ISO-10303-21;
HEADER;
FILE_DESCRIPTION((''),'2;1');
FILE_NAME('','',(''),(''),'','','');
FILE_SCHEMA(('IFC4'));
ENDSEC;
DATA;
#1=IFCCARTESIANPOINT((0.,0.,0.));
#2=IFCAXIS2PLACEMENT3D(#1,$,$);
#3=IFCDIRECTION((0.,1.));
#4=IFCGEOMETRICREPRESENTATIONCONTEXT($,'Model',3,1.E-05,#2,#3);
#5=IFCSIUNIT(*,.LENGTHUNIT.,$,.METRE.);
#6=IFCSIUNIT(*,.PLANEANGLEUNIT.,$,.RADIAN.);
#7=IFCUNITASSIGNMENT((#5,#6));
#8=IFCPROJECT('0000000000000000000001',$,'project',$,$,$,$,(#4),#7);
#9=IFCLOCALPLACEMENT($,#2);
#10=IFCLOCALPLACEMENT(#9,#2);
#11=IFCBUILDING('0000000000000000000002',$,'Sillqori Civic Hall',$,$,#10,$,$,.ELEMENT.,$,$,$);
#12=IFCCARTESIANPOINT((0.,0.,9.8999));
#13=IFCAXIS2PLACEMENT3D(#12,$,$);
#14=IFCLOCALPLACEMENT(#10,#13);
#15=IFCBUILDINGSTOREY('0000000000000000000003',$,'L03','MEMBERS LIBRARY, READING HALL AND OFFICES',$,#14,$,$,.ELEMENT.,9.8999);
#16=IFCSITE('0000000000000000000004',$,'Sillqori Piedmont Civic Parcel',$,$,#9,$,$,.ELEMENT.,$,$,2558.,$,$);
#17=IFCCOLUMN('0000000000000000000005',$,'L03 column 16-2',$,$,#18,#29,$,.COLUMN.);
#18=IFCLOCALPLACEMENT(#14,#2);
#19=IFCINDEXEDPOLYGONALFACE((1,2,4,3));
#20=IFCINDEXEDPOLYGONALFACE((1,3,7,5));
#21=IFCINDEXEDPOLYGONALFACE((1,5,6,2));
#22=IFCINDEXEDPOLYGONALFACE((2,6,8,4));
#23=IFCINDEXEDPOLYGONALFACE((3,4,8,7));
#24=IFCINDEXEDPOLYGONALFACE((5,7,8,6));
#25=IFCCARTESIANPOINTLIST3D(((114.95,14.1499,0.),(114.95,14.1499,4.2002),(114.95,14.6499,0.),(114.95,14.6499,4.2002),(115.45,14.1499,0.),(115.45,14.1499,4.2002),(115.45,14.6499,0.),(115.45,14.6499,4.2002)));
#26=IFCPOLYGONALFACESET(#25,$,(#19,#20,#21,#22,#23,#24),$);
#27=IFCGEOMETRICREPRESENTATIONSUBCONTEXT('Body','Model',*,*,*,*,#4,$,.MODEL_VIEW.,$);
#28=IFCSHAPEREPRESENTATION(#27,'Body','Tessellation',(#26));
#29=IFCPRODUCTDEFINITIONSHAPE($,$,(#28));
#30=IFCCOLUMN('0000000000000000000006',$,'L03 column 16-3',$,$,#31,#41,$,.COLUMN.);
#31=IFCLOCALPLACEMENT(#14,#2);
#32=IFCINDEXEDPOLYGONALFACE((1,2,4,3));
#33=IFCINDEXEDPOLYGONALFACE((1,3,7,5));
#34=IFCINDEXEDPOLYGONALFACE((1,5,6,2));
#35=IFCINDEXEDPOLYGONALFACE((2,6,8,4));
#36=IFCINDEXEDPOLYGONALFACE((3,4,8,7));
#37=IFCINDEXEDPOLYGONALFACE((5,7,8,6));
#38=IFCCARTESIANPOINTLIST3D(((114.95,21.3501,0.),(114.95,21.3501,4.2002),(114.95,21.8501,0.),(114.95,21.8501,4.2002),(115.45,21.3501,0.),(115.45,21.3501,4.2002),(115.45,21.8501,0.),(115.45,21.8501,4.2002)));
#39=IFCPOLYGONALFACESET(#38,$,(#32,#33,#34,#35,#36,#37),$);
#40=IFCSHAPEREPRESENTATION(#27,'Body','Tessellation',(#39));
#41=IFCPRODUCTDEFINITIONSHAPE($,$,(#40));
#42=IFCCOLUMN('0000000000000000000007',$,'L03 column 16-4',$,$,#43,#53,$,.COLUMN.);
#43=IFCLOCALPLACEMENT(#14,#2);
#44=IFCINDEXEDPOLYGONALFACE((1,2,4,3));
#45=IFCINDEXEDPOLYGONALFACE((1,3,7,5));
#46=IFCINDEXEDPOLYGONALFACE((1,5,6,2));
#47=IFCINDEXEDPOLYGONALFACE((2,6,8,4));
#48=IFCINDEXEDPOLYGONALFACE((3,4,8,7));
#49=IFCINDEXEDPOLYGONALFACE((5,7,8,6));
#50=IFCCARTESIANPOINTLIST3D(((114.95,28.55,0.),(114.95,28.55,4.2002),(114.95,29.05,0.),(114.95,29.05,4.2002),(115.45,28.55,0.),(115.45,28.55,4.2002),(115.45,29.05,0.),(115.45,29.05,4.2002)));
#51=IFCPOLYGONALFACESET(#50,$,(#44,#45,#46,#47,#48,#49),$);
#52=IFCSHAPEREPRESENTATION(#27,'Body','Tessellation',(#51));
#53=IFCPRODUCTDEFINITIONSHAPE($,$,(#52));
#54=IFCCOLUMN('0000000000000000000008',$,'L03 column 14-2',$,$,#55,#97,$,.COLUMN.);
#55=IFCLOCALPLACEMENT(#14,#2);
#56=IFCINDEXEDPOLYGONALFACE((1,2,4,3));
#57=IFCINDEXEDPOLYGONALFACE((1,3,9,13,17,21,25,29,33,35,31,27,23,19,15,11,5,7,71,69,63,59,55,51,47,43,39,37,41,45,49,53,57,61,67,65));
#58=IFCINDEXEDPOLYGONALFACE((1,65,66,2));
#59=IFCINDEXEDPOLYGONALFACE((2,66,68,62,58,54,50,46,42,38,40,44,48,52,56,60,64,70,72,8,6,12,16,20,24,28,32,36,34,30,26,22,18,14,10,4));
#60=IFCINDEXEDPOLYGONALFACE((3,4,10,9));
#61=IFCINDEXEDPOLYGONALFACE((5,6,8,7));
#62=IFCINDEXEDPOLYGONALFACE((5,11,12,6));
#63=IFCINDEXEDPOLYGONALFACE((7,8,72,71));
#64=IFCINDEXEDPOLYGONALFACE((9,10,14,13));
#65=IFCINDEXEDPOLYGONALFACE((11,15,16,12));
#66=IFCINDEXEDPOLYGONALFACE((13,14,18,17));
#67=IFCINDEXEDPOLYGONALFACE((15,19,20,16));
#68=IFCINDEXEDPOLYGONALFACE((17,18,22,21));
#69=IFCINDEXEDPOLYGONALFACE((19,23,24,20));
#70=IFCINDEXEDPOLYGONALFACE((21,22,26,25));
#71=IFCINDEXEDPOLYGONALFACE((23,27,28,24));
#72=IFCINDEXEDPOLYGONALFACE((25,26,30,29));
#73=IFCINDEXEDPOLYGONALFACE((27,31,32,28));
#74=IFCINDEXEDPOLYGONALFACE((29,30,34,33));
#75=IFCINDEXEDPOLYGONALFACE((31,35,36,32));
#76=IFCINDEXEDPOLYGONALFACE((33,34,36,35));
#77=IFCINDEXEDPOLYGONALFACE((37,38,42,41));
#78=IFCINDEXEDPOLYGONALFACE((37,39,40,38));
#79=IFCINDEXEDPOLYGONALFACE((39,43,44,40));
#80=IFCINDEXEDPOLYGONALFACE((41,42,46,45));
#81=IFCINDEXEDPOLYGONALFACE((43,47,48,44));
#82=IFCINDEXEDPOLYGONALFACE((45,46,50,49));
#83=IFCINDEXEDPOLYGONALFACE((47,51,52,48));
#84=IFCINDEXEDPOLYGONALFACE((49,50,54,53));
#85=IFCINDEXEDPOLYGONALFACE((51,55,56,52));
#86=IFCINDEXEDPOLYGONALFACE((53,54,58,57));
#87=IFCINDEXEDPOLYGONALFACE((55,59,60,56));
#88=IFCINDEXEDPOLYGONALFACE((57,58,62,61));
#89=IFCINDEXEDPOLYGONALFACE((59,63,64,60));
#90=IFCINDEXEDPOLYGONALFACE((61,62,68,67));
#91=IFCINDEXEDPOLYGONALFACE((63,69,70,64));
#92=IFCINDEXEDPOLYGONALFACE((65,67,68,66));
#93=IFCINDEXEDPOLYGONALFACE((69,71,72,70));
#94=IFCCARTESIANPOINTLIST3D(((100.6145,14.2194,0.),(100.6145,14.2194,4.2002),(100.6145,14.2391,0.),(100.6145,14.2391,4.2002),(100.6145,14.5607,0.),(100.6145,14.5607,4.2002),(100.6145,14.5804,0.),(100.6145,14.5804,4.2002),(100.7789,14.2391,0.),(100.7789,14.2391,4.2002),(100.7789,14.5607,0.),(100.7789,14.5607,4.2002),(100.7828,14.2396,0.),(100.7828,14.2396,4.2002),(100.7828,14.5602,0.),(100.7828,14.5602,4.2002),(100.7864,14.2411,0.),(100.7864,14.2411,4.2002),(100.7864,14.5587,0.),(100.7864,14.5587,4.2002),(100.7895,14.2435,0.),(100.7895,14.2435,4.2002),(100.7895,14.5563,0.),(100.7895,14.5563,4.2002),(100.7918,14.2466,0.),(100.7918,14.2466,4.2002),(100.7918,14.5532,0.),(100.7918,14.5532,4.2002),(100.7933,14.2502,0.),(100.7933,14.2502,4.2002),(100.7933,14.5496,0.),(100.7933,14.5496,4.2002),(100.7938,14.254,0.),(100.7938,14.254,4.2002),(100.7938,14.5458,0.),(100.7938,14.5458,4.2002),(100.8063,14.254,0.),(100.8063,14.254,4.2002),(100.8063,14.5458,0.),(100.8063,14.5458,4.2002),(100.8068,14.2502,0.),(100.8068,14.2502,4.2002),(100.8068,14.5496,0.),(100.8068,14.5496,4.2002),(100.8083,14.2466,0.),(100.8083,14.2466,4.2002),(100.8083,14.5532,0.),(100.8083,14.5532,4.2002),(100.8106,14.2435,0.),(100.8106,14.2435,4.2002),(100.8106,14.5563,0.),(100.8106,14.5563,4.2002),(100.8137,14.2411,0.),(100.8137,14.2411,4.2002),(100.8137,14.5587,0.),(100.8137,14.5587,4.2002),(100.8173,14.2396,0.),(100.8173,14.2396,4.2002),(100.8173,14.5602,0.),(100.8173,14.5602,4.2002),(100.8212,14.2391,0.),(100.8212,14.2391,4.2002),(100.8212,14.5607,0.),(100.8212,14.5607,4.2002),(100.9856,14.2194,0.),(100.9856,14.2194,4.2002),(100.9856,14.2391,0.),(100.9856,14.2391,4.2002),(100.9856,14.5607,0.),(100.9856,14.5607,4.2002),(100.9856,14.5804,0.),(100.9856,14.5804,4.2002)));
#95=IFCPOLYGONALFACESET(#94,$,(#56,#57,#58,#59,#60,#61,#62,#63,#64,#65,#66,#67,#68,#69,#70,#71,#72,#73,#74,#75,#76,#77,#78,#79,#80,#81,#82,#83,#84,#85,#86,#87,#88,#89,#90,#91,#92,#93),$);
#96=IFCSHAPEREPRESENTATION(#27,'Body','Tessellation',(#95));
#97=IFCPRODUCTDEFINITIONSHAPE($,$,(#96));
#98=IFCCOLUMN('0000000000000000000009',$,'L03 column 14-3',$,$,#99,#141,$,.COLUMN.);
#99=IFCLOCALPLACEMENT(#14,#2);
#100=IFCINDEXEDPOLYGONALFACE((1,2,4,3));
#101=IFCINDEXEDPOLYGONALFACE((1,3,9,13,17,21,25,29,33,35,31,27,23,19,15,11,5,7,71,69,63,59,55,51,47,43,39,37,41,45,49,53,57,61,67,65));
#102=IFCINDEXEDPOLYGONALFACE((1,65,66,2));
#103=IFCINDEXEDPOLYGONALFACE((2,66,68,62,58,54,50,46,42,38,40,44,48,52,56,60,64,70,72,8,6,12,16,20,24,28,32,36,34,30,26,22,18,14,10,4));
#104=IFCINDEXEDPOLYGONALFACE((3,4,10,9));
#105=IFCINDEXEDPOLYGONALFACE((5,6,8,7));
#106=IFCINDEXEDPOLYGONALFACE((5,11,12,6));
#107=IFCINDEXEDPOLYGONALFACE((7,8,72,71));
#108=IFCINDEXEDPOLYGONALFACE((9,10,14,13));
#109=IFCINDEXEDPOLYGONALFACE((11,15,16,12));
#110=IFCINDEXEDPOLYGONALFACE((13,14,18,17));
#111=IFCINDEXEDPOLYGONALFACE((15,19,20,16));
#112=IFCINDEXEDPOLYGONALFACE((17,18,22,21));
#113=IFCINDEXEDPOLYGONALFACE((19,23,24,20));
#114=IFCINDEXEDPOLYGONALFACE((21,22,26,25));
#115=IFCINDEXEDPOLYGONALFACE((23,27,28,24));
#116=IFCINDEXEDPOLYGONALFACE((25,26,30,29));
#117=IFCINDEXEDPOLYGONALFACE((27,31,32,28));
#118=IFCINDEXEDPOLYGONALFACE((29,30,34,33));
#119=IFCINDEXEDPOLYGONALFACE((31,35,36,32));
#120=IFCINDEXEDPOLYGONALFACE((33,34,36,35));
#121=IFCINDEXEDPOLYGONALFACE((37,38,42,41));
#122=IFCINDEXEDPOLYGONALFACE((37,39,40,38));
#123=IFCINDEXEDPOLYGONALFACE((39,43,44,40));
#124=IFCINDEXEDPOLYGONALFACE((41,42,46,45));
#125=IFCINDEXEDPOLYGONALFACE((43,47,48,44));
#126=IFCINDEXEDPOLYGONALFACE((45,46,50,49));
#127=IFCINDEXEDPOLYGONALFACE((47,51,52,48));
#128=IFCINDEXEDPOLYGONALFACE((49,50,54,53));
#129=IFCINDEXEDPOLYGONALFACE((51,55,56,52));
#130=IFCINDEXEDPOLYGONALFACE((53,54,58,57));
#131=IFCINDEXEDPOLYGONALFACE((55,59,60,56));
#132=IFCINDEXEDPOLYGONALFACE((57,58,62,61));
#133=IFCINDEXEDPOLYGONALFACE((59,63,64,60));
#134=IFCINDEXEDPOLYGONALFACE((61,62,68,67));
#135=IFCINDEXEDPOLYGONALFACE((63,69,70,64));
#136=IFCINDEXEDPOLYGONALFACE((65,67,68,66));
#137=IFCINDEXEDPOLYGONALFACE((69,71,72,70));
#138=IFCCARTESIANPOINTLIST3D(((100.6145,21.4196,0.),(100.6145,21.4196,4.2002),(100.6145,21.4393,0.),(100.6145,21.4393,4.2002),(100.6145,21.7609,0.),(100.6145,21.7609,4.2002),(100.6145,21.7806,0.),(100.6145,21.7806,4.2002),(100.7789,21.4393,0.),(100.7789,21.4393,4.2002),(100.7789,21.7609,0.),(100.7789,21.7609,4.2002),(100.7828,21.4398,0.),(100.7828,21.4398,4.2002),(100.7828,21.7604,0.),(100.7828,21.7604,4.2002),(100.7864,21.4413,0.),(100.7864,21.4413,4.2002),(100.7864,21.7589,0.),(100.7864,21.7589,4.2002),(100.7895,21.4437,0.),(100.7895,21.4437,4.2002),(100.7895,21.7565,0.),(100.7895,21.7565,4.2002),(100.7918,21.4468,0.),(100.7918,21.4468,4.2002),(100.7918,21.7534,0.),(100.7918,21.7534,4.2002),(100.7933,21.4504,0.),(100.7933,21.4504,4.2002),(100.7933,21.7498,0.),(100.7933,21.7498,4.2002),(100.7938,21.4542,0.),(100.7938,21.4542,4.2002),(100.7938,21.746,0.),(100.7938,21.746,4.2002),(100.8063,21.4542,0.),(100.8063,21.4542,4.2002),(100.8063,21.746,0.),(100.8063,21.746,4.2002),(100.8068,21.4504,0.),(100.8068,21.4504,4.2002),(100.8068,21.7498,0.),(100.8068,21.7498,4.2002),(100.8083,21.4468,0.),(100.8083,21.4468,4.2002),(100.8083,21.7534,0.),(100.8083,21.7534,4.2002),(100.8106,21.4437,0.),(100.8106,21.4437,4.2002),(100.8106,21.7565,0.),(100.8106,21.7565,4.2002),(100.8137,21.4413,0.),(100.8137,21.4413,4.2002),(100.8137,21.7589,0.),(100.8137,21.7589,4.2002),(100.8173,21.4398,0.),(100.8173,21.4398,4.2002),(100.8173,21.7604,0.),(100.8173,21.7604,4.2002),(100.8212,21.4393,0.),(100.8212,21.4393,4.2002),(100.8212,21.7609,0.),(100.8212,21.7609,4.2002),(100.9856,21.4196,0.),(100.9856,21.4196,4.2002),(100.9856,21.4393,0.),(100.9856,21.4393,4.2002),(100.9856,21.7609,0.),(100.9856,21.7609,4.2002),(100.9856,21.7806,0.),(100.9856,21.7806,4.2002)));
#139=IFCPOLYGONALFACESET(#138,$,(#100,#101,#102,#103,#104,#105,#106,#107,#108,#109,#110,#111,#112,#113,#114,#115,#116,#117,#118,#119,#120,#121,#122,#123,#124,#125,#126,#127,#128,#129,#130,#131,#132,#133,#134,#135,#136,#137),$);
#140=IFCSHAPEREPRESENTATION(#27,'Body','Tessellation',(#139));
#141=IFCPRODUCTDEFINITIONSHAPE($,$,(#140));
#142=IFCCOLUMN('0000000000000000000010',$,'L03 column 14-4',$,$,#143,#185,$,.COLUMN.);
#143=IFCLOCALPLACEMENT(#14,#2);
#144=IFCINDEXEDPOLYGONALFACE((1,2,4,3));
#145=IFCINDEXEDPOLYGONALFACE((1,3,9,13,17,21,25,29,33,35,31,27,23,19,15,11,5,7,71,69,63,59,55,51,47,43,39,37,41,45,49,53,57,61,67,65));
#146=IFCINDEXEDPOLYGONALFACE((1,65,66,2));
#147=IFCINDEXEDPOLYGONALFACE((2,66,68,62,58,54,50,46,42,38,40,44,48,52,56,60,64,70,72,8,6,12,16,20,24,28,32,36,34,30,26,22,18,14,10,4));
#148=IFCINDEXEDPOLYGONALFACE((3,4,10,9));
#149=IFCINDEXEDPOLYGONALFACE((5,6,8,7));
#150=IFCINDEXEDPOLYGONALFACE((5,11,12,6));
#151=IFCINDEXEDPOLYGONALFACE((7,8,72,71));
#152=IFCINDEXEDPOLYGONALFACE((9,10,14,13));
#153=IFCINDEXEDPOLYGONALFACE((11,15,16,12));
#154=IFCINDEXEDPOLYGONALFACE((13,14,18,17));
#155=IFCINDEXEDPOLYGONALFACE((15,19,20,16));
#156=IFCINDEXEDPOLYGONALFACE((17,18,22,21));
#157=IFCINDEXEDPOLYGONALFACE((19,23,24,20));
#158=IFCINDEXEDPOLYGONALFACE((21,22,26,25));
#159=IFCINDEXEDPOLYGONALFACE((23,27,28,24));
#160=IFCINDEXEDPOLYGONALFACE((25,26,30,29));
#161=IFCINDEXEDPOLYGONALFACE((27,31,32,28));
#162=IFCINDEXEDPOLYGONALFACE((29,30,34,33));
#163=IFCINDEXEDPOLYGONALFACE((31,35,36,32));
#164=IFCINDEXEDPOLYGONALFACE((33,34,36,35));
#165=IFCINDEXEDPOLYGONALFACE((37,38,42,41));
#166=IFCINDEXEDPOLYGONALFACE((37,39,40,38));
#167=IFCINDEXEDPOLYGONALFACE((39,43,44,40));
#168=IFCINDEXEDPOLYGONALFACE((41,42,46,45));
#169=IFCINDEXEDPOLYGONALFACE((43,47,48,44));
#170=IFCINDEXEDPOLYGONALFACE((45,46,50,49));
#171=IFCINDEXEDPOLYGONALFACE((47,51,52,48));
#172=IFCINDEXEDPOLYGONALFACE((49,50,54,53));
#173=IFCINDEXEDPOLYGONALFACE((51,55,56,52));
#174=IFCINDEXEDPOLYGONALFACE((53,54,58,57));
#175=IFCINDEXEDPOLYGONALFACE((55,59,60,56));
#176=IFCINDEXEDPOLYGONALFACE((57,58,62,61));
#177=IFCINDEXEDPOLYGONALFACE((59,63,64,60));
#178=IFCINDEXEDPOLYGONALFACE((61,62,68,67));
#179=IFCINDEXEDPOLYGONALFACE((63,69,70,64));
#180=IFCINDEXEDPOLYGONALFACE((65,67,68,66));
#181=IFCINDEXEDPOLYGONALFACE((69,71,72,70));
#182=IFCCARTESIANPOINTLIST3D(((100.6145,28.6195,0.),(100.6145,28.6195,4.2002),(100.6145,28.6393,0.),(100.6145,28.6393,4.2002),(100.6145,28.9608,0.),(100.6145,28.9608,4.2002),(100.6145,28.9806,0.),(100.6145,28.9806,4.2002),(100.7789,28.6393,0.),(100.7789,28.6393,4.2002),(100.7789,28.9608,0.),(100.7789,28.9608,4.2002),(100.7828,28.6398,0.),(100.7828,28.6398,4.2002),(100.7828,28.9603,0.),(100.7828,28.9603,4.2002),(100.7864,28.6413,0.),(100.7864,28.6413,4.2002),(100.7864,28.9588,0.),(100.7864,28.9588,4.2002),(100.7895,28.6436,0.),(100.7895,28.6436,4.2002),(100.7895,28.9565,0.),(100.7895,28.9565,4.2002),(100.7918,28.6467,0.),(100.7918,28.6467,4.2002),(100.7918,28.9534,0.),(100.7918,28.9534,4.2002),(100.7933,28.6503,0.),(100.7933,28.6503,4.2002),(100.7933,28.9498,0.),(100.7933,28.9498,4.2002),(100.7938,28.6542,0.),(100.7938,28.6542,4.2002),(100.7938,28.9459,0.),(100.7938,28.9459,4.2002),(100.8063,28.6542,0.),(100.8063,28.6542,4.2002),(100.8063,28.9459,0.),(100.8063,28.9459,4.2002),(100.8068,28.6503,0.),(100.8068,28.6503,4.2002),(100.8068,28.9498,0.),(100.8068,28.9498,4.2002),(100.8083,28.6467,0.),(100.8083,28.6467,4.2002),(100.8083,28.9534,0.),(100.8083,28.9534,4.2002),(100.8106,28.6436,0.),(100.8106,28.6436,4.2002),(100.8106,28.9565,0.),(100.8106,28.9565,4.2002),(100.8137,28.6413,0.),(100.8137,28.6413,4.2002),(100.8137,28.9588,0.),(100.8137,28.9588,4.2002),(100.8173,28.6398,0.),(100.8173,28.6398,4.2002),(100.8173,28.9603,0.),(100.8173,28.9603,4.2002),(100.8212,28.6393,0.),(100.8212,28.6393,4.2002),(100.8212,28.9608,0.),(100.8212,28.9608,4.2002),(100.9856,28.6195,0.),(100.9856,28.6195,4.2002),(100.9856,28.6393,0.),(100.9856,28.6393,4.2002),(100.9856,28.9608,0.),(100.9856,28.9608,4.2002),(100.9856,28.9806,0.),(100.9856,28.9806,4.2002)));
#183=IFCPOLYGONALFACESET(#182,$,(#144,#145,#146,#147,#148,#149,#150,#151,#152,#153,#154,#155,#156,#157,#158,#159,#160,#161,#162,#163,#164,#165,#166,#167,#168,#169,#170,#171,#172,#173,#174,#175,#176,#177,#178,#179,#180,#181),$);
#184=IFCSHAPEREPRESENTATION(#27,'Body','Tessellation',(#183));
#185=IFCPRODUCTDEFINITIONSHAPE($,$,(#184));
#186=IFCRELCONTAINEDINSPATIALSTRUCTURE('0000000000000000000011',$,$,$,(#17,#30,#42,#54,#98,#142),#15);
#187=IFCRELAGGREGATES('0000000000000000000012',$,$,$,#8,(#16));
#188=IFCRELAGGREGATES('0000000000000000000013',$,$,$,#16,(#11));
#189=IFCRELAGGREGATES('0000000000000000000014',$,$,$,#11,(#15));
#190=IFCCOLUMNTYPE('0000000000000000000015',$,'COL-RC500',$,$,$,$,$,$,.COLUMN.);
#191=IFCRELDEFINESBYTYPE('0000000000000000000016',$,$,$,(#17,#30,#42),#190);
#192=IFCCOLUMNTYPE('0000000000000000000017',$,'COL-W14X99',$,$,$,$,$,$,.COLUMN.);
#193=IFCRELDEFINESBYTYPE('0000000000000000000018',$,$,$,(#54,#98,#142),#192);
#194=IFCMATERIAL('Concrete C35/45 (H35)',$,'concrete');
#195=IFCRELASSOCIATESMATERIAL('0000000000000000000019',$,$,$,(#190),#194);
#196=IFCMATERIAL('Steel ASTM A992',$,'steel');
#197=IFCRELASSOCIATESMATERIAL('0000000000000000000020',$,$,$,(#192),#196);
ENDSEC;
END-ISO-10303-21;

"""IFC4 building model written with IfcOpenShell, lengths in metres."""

from ifc_helpers import new_model, si_unit, direction, frame, origin, origin_2d, place, context, subcontext, project, spatial, rectangle, i_section, extrude, material, material_profile, profile_set, type_object, element, save


model = new_model("IFC4")

# Units and contexts
model_context = context("Model", 3, precision=1e-05, world=origin(), true_north=direction((0.0, 1.0)))
body_context = subcontext(model_context, "Body", "Model", "MODEL_VIEW")
ifc_project = project(units=[si_unit("LENGTHUNIT", "METRE"), si_unit("PLANEANGLEUNIT", "RADIAN")], contexts=[model_context])

# Site, building, storey
site_placement = place(None, origin())
site = spatial("IfcSite", under=ifc_project, at=site_placement, Name="Sillqori Piedmont Civic Parcel", CompositionType="ELEMENT", RefElevation=2558.0)
building_placement = place(site_placement, origin())
building = spatial("IfcBuilding", under=site, at=building_placement, Name="Sillqori Civic Hall", CompositionType="ELEMENT")
storey_placement = place(building_placement, frame((0.0, 0.0, 9.8999)))
storey = spatial("IfcBuildingStorey", under=building, at=storey_placement, Name="L03", Description="MEMBERS LIBRARY, READING HALL AND OFFICES", CompositionType="ELEMENT", Elevation=9.8999)

# Columns
ifc_material_1 = material(Name="Concrete C35/45 (H35)", Category="concrete")
ifc_material_profile_1 = material_profile(ifc_material_1, rectangle(XDim=0.5, YDim=0.5, at=origin_2d()), Name="RC 500x500")
ifc_profile_set_1 = profile_set([ifc_material_profile_1], Name="Concrete C35/45 (H35)")
column_type_1 = type_object("IfcColumnType", Name="COL-RC500", PredefinedType="COLUMN", material=ifc_profile_set_1)
for number, where, z_axis, x_axis, name in (
    (1, (115.2, 14.3999, 0.0), (0.0, 0.0, 1.0), (1.0, 0.0, 0.0), "L03 column 16-2"),
    (2, (115.2, 21.6001, 0.0), (0.0, 0.0, 1.0), (1.0, 0.0, 0.0), "L03 column 16-3"),
    (3, (115.2, 28.8, 0.0), (0.0, 0.0, 1.0), (1.0, 0.0, 0.0), "L03 column 16-4"),
):
    element("IfcColumn", number, at=place(storey_placement, frame(where, z_axis=z_axis, x_axis=x_axis)), inside=storey, type_object=column_type_1, Name=name, PredefinedType="COLUMN", context=body_context, shape_type="SweptSolid", body=[
        extrude(rectangle(XDim=0.5, YDim=0.5, at=origin_2d()), origin(), (0.0, 0.0, 1.0), 4.2002),
    ])
ifc_material_2 = material(Name="Steel ASTM A992", Category="steel")
ifc_material_profile_2 = material_profile(ifc_material_2, i_section(OverallWidth=0.3711, OverallDepth=0.3611, WebThickness=0.0125, FlangeThickness=0.0198, FilletRadius=0.0149, at=origin_2d()), Name="W14X99")
ifc_profile_set_2 = profile_set([ifc_material_profile_2], Name="Steel ASTM A992")
column_type_2 = type_object("IfcColumnType", Name="COL-W14X99", PredefinedType="COLUMN", material=ifc_profile_set_2)
for number, where, z_axis, x_axis, name in (
    (4, (100.8, 14.3999, 0.0), (0.0, 0.0, 1.0), (1.0, 0.0, 0.0), "L03 column 14-2"),
    (5, (100.8, 21.6001, 0.0), (0.0, 0.0, 1.0), (1.0, 0.0, 0.0), "L03 column 14-3"),
    (6, (100.8, 28.8, 0.0), (0.0, 0.0, 1.0), (1.0, 0.0, 0.0), "L03 column 14-4"),
):
    element("IfcColumn", number, at=place(storey_placement, frame(where, z_axis=z_axis, x_axis=x_axis)), inside=storey, type_object=column_type_2, Name=name, PredefinedType="COLUMN", context=body_context, shape_type="SweptSolid", body=[
        extrude(i_section(OverallWidth=0.3711, OverallDepth=0.3611, WebThickness=0.0125, FlangeThickness=0.0198, FilletRadius=0.0149, at=origin_2d()), origin(), (0.0, 0.0, 1.0), 4.2002),
    ])

save(model, "model.ifc")
